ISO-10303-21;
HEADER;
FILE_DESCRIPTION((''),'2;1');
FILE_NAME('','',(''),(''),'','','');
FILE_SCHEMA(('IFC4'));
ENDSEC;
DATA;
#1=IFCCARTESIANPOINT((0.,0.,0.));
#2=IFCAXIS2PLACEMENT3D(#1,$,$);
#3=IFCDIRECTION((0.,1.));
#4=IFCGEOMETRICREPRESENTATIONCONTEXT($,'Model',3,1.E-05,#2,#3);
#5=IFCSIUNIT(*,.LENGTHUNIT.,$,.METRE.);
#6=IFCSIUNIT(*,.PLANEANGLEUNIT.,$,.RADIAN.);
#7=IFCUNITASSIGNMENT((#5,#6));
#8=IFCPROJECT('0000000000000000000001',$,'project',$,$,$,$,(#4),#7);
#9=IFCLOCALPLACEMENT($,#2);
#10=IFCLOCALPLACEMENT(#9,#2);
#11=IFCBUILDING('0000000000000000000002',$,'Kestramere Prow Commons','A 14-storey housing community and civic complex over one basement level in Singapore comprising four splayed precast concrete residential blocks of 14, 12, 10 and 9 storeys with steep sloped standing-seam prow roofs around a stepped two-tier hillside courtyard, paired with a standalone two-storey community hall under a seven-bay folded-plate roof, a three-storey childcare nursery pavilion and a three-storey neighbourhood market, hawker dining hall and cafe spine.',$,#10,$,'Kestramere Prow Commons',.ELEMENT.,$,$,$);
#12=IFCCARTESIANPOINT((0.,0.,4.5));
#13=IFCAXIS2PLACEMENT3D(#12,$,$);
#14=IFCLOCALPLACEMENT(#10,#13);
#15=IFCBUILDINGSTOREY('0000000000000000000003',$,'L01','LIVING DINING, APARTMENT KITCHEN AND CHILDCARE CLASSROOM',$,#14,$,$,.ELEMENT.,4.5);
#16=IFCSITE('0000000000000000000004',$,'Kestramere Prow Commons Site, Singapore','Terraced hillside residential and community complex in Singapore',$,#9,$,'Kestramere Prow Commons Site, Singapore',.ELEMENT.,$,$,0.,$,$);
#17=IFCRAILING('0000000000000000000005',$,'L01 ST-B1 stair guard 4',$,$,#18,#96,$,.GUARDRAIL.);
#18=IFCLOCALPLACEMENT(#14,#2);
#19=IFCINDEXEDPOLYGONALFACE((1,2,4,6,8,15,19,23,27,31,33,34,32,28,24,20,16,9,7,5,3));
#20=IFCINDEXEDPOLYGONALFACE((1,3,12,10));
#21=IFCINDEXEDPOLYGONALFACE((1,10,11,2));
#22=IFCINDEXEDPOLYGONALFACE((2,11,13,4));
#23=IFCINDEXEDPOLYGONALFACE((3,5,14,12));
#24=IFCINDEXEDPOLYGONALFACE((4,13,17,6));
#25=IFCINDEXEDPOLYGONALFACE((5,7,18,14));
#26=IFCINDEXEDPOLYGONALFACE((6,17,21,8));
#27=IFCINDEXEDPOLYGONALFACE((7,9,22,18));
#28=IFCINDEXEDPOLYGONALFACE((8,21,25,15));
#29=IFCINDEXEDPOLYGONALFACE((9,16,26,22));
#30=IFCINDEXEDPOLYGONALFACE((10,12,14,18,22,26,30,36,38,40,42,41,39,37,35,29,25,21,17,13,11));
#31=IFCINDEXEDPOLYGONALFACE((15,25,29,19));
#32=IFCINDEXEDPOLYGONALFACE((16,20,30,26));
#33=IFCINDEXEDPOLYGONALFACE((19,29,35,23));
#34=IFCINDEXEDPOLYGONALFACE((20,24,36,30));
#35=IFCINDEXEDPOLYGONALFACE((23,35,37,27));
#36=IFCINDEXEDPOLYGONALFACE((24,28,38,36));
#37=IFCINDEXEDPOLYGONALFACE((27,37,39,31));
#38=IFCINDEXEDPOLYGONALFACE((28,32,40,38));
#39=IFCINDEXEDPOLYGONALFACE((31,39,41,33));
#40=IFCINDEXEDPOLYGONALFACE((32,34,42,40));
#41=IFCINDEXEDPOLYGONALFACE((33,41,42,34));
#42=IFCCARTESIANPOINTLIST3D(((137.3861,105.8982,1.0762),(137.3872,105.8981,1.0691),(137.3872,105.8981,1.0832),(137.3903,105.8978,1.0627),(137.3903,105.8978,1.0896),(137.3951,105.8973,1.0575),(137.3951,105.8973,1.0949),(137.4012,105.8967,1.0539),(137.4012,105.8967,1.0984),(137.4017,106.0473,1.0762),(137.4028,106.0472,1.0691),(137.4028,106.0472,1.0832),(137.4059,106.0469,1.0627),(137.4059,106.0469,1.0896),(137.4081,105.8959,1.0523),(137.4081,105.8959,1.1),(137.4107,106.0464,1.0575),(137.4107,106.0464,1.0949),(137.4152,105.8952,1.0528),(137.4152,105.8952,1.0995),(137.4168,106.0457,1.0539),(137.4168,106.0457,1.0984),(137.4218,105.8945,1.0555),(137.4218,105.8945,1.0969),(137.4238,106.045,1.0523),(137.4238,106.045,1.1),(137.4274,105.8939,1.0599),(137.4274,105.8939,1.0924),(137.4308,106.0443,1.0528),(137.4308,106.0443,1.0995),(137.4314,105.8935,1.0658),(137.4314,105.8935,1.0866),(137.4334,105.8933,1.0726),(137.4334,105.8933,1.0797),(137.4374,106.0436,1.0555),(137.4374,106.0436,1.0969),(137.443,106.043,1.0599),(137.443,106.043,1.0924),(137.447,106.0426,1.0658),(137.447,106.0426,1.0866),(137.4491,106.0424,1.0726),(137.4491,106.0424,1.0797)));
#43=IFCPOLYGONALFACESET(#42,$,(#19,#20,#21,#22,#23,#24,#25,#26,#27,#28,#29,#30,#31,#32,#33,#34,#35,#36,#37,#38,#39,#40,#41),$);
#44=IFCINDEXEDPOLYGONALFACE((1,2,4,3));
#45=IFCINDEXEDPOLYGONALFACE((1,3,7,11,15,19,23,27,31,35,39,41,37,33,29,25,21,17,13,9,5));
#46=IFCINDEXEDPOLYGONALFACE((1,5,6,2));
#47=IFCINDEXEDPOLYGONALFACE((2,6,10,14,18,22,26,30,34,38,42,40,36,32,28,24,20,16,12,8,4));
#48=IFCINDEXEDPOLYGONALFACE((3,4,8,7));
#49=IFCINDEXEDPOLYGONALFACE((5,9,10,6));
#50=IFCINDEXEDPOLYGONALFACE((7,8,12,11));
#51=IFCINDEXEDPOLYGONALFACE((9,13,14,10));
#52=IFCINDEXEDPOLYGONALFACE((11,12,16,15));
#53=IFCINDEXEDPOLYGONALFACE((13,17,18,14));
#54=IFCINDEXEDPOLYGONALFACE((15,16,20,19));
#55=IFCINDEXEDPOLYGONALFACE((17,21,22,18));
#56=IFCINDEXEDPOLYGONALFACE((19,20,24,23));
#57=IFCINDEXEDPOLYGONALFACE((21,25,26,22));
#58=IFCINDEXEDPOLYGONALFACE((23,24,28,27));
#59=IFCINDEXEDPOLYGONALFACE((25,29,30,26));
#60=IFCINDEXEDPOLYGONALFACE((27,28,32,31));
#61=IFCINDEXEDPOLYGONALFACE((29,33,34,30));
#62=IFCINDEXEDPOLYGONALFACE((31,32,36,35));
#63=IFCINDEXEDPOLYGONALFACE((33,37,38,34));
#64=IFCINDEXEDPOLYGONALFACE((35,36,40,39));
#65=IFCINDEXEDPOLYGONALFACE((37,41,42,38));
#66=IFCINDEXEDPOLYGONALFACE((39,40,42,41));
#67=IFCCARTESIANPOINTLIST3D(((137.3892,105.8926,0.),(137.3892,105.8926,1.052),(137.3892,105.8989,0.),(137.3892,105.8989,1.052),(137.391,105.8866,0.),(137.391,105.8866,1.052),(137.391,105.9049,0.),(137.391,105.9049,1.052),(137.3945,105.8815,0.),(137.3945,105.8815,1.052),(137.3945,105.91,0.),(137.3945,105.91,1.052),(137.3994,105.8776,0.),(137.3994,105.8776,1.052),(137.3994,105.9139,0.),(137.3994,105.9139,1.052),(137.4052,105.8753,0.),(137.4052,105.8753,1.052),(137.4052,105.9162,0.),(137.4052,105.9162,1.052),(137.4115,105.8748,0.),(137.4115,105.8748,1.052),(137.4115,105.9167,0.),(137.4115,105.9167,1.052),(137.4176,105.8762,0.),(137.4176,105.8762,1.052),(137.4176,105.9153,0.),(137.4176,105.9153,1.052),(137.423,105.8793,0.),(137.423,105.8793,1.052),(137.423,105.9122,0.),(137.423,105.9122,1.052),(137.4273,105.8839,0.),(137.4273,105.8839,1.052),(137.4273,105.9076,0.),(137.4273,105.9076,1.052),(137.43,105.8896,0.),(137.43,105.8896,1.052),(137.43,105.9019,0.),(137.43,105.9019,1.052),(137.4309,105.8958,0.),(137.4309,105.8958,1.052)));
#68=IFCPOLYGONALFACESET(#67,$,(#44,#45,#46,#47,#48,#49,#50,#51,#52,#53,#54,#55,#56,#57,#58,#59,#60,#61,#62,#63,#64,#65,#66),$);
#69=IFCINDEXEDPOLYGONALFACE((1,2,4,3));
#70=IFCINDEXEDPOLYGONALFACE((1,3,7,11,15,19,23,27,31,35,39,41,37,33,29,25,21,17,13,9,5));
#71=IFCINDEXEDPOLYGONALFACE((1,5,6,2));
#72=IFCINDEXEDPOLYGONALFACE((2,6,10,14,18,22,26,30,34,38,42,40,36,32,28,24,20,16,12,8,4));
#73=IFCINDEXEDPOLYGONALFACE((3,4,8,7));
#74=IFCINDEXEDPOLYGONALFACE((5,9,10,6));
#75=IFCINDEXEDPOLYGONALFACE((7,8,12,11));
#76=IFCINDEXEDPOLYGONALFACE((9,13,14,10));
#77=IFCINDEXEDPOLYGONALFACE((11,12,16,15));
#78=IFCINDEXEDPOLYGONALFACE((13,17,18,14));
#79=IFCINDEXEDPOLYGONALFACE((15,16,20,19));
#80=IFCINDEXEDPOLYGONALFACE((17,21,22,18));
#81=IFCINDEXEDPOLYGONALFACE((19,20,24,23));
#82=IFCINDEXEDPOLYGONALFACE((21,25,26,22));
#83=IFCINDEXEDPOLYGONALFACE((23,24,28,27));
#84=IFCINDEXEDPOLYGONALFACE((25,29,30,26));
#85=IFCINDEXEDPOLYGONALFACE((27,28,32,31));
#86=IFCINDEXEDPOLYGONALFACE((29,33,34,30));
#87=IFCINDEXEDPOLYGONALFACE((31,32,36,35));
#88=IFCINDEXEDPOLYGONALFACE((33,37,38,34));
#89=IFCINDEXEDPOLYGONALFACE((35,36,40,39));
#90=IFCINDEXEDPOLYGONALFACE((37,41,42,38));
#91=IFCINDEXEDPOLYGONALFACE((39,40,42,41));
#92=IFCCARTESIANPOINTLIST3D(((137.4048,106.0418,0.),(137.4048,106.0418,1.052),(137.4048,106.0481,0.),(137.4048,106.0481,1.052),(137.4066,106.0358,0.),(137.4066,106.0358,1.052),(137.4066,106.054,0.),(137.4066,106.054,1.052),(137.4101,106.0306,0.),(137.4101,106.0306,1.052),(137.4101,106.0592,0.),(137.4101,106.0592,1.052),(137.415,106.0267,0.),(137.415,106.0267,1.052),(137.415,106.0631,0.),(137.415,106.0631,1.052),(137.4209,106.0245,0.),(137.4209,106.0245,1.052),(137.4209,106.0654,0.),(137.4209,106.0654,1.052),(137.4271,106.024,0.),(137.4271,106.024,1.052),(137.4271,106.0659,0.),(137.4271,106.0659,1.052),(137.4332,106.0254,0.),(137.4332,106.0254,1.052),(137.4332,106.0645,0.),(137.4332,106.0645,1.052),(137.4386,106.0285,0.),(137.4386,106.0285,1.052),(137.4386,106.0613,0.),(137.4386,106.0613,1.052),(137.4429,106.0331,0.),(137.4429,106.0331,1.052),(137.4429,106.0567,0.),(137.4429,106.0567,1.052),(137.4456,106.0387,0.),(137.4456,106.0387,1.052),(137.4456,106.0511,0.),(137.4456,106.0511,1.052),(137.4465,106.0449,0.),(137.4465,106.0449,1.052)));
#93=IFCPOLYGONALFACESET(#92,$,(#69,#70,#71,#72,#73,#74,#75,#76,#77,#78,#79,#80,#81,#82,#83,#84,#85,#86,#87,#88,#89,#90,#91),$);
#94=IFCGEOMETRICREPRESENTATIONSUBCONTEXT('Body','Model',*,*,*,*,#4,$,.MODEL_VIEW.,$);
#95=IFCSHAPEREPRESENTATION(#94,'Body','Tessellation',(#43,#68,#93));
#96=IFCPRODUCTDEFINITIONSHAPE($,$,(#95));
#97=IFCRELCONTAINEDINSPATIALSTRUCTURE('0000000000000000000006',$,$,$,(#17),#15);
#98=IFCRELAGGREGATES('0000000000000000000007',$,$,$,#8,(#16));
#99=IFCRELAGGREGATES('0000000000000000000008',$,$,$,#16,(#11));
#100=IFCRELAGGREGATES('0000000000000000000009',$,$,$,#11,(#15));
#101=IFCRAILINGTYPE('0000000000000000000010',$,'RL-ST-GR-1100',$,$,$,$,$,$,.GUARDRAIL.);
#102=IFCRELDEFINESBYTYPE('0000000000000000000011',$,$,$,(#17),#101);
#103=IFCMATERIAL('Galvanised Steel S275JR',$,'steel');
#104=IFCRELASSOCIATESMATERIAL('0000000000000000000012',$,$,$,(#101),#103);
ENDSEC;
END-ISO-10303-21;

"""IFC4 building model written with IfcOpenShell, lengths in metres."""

from ifc_helpers import new_model, si_unit, direction, frame, origin, origin_2d, place, context, subcontext, project, spatial, circle, extrude, material, type_object, element, save


model = new_model("IFC4")

# Units and contexts
model_context = context("Model", 3, precision=1e-05, world=origin(), true_north=direction((0.0, 1.0)))
body_context = subcontext(model_context, "Body", "Model", "MODEL_VIEW")
ifc_project = project(units=[si_unit("LENGTHUNIT", "METRE"), si_unit("PLANEANGLEUNIT", "RADIAN")], contexts=[model_context])

# Site, building, storey
site_placement = place(None, origin())
site = spatial("IfcSite", under=ifc_project, at=site_placement, Name="Kestramere Prow Commons Site, Singapore", Description="Terraced hillside residential and community complex in Singapore", LongName="Kestramere Prow Commons Site, Singapore", CompositionType="ELEMENT", RefElevation=0.0)
building_placement = place(site_placement, origin())
building = spatial("IfcBuilding", under=site, at=building_placement, Name="Kestramere Prow Commons", Description="A 14-storey housing community and civic complex over one basement level in Singapore comprising four splayed precast concrete residential blocks of 14, 12, 10 and 9 storeys with steep sloped standing-seam prow roofs around a stepped two-tier hillside courtyard, paired with a standalone two-storey community hall under a seven-bay folded-plate roof, a three-storey childcare nursery pavilion and a three-storey neighbourhood market, hawker dining hall and cafe spine.", LongName="Kestramere Prow Commons", CompositionType="ELEMENT")
storey_placement = place(building_placement, frame((0.0, 0.0, 4.5)))
storey = spatial("IfcBuildingStorey", under=building, at=storey_placement, Name="L01", Description="LIVING DINING, APARTMENT KITCHEN AND CHILDCARE CLASSROOM", CompositionType="ELEMENT", Elevation=4.5)

# Railing
ifc_material_1 = material(Name="Galvanised Steel S275JR", Category="steel")
railing_type_1 = type_object("IfcRailingType", Name="RL-ST-GR-1100", PredefinedType="GUARDRAIL", material=ifc_material_1)
railing_1_placement = place(storey_placement, frame((137.4099, 105.8958, 0.0)))
element("IfcRailing", 1, at=railing_1_placement, inside=storey, type_object=railing_type_1, Name="L01 ST-B1 stair guard 4", PredefinedType="GUARDRAIL", context=body_context, shape_type="SweptSolid", body=[
    extrude(circle(Radius=0.0239, at=origin_2d()), frame((0.0, 0.0, 1.0762), z_axis=(0.104176, 0.994559, 0.0), x_axis=(-0.994559, 0.104176, 0.0)), (0.0, 0.0, 1.0), 0.1499),
    extrude(circle(Radius=0.021, at=origin_2d()), origin(), (0.0, 0.0, 1.0), 1.052),
    extrude(circle(Radius=0.021, at=origin_2d()), frame((0.0156, 0.1492, 0.0)), (0.0, 0.0, 1.0), 1.052),
])

save(model, "model.ifc")
